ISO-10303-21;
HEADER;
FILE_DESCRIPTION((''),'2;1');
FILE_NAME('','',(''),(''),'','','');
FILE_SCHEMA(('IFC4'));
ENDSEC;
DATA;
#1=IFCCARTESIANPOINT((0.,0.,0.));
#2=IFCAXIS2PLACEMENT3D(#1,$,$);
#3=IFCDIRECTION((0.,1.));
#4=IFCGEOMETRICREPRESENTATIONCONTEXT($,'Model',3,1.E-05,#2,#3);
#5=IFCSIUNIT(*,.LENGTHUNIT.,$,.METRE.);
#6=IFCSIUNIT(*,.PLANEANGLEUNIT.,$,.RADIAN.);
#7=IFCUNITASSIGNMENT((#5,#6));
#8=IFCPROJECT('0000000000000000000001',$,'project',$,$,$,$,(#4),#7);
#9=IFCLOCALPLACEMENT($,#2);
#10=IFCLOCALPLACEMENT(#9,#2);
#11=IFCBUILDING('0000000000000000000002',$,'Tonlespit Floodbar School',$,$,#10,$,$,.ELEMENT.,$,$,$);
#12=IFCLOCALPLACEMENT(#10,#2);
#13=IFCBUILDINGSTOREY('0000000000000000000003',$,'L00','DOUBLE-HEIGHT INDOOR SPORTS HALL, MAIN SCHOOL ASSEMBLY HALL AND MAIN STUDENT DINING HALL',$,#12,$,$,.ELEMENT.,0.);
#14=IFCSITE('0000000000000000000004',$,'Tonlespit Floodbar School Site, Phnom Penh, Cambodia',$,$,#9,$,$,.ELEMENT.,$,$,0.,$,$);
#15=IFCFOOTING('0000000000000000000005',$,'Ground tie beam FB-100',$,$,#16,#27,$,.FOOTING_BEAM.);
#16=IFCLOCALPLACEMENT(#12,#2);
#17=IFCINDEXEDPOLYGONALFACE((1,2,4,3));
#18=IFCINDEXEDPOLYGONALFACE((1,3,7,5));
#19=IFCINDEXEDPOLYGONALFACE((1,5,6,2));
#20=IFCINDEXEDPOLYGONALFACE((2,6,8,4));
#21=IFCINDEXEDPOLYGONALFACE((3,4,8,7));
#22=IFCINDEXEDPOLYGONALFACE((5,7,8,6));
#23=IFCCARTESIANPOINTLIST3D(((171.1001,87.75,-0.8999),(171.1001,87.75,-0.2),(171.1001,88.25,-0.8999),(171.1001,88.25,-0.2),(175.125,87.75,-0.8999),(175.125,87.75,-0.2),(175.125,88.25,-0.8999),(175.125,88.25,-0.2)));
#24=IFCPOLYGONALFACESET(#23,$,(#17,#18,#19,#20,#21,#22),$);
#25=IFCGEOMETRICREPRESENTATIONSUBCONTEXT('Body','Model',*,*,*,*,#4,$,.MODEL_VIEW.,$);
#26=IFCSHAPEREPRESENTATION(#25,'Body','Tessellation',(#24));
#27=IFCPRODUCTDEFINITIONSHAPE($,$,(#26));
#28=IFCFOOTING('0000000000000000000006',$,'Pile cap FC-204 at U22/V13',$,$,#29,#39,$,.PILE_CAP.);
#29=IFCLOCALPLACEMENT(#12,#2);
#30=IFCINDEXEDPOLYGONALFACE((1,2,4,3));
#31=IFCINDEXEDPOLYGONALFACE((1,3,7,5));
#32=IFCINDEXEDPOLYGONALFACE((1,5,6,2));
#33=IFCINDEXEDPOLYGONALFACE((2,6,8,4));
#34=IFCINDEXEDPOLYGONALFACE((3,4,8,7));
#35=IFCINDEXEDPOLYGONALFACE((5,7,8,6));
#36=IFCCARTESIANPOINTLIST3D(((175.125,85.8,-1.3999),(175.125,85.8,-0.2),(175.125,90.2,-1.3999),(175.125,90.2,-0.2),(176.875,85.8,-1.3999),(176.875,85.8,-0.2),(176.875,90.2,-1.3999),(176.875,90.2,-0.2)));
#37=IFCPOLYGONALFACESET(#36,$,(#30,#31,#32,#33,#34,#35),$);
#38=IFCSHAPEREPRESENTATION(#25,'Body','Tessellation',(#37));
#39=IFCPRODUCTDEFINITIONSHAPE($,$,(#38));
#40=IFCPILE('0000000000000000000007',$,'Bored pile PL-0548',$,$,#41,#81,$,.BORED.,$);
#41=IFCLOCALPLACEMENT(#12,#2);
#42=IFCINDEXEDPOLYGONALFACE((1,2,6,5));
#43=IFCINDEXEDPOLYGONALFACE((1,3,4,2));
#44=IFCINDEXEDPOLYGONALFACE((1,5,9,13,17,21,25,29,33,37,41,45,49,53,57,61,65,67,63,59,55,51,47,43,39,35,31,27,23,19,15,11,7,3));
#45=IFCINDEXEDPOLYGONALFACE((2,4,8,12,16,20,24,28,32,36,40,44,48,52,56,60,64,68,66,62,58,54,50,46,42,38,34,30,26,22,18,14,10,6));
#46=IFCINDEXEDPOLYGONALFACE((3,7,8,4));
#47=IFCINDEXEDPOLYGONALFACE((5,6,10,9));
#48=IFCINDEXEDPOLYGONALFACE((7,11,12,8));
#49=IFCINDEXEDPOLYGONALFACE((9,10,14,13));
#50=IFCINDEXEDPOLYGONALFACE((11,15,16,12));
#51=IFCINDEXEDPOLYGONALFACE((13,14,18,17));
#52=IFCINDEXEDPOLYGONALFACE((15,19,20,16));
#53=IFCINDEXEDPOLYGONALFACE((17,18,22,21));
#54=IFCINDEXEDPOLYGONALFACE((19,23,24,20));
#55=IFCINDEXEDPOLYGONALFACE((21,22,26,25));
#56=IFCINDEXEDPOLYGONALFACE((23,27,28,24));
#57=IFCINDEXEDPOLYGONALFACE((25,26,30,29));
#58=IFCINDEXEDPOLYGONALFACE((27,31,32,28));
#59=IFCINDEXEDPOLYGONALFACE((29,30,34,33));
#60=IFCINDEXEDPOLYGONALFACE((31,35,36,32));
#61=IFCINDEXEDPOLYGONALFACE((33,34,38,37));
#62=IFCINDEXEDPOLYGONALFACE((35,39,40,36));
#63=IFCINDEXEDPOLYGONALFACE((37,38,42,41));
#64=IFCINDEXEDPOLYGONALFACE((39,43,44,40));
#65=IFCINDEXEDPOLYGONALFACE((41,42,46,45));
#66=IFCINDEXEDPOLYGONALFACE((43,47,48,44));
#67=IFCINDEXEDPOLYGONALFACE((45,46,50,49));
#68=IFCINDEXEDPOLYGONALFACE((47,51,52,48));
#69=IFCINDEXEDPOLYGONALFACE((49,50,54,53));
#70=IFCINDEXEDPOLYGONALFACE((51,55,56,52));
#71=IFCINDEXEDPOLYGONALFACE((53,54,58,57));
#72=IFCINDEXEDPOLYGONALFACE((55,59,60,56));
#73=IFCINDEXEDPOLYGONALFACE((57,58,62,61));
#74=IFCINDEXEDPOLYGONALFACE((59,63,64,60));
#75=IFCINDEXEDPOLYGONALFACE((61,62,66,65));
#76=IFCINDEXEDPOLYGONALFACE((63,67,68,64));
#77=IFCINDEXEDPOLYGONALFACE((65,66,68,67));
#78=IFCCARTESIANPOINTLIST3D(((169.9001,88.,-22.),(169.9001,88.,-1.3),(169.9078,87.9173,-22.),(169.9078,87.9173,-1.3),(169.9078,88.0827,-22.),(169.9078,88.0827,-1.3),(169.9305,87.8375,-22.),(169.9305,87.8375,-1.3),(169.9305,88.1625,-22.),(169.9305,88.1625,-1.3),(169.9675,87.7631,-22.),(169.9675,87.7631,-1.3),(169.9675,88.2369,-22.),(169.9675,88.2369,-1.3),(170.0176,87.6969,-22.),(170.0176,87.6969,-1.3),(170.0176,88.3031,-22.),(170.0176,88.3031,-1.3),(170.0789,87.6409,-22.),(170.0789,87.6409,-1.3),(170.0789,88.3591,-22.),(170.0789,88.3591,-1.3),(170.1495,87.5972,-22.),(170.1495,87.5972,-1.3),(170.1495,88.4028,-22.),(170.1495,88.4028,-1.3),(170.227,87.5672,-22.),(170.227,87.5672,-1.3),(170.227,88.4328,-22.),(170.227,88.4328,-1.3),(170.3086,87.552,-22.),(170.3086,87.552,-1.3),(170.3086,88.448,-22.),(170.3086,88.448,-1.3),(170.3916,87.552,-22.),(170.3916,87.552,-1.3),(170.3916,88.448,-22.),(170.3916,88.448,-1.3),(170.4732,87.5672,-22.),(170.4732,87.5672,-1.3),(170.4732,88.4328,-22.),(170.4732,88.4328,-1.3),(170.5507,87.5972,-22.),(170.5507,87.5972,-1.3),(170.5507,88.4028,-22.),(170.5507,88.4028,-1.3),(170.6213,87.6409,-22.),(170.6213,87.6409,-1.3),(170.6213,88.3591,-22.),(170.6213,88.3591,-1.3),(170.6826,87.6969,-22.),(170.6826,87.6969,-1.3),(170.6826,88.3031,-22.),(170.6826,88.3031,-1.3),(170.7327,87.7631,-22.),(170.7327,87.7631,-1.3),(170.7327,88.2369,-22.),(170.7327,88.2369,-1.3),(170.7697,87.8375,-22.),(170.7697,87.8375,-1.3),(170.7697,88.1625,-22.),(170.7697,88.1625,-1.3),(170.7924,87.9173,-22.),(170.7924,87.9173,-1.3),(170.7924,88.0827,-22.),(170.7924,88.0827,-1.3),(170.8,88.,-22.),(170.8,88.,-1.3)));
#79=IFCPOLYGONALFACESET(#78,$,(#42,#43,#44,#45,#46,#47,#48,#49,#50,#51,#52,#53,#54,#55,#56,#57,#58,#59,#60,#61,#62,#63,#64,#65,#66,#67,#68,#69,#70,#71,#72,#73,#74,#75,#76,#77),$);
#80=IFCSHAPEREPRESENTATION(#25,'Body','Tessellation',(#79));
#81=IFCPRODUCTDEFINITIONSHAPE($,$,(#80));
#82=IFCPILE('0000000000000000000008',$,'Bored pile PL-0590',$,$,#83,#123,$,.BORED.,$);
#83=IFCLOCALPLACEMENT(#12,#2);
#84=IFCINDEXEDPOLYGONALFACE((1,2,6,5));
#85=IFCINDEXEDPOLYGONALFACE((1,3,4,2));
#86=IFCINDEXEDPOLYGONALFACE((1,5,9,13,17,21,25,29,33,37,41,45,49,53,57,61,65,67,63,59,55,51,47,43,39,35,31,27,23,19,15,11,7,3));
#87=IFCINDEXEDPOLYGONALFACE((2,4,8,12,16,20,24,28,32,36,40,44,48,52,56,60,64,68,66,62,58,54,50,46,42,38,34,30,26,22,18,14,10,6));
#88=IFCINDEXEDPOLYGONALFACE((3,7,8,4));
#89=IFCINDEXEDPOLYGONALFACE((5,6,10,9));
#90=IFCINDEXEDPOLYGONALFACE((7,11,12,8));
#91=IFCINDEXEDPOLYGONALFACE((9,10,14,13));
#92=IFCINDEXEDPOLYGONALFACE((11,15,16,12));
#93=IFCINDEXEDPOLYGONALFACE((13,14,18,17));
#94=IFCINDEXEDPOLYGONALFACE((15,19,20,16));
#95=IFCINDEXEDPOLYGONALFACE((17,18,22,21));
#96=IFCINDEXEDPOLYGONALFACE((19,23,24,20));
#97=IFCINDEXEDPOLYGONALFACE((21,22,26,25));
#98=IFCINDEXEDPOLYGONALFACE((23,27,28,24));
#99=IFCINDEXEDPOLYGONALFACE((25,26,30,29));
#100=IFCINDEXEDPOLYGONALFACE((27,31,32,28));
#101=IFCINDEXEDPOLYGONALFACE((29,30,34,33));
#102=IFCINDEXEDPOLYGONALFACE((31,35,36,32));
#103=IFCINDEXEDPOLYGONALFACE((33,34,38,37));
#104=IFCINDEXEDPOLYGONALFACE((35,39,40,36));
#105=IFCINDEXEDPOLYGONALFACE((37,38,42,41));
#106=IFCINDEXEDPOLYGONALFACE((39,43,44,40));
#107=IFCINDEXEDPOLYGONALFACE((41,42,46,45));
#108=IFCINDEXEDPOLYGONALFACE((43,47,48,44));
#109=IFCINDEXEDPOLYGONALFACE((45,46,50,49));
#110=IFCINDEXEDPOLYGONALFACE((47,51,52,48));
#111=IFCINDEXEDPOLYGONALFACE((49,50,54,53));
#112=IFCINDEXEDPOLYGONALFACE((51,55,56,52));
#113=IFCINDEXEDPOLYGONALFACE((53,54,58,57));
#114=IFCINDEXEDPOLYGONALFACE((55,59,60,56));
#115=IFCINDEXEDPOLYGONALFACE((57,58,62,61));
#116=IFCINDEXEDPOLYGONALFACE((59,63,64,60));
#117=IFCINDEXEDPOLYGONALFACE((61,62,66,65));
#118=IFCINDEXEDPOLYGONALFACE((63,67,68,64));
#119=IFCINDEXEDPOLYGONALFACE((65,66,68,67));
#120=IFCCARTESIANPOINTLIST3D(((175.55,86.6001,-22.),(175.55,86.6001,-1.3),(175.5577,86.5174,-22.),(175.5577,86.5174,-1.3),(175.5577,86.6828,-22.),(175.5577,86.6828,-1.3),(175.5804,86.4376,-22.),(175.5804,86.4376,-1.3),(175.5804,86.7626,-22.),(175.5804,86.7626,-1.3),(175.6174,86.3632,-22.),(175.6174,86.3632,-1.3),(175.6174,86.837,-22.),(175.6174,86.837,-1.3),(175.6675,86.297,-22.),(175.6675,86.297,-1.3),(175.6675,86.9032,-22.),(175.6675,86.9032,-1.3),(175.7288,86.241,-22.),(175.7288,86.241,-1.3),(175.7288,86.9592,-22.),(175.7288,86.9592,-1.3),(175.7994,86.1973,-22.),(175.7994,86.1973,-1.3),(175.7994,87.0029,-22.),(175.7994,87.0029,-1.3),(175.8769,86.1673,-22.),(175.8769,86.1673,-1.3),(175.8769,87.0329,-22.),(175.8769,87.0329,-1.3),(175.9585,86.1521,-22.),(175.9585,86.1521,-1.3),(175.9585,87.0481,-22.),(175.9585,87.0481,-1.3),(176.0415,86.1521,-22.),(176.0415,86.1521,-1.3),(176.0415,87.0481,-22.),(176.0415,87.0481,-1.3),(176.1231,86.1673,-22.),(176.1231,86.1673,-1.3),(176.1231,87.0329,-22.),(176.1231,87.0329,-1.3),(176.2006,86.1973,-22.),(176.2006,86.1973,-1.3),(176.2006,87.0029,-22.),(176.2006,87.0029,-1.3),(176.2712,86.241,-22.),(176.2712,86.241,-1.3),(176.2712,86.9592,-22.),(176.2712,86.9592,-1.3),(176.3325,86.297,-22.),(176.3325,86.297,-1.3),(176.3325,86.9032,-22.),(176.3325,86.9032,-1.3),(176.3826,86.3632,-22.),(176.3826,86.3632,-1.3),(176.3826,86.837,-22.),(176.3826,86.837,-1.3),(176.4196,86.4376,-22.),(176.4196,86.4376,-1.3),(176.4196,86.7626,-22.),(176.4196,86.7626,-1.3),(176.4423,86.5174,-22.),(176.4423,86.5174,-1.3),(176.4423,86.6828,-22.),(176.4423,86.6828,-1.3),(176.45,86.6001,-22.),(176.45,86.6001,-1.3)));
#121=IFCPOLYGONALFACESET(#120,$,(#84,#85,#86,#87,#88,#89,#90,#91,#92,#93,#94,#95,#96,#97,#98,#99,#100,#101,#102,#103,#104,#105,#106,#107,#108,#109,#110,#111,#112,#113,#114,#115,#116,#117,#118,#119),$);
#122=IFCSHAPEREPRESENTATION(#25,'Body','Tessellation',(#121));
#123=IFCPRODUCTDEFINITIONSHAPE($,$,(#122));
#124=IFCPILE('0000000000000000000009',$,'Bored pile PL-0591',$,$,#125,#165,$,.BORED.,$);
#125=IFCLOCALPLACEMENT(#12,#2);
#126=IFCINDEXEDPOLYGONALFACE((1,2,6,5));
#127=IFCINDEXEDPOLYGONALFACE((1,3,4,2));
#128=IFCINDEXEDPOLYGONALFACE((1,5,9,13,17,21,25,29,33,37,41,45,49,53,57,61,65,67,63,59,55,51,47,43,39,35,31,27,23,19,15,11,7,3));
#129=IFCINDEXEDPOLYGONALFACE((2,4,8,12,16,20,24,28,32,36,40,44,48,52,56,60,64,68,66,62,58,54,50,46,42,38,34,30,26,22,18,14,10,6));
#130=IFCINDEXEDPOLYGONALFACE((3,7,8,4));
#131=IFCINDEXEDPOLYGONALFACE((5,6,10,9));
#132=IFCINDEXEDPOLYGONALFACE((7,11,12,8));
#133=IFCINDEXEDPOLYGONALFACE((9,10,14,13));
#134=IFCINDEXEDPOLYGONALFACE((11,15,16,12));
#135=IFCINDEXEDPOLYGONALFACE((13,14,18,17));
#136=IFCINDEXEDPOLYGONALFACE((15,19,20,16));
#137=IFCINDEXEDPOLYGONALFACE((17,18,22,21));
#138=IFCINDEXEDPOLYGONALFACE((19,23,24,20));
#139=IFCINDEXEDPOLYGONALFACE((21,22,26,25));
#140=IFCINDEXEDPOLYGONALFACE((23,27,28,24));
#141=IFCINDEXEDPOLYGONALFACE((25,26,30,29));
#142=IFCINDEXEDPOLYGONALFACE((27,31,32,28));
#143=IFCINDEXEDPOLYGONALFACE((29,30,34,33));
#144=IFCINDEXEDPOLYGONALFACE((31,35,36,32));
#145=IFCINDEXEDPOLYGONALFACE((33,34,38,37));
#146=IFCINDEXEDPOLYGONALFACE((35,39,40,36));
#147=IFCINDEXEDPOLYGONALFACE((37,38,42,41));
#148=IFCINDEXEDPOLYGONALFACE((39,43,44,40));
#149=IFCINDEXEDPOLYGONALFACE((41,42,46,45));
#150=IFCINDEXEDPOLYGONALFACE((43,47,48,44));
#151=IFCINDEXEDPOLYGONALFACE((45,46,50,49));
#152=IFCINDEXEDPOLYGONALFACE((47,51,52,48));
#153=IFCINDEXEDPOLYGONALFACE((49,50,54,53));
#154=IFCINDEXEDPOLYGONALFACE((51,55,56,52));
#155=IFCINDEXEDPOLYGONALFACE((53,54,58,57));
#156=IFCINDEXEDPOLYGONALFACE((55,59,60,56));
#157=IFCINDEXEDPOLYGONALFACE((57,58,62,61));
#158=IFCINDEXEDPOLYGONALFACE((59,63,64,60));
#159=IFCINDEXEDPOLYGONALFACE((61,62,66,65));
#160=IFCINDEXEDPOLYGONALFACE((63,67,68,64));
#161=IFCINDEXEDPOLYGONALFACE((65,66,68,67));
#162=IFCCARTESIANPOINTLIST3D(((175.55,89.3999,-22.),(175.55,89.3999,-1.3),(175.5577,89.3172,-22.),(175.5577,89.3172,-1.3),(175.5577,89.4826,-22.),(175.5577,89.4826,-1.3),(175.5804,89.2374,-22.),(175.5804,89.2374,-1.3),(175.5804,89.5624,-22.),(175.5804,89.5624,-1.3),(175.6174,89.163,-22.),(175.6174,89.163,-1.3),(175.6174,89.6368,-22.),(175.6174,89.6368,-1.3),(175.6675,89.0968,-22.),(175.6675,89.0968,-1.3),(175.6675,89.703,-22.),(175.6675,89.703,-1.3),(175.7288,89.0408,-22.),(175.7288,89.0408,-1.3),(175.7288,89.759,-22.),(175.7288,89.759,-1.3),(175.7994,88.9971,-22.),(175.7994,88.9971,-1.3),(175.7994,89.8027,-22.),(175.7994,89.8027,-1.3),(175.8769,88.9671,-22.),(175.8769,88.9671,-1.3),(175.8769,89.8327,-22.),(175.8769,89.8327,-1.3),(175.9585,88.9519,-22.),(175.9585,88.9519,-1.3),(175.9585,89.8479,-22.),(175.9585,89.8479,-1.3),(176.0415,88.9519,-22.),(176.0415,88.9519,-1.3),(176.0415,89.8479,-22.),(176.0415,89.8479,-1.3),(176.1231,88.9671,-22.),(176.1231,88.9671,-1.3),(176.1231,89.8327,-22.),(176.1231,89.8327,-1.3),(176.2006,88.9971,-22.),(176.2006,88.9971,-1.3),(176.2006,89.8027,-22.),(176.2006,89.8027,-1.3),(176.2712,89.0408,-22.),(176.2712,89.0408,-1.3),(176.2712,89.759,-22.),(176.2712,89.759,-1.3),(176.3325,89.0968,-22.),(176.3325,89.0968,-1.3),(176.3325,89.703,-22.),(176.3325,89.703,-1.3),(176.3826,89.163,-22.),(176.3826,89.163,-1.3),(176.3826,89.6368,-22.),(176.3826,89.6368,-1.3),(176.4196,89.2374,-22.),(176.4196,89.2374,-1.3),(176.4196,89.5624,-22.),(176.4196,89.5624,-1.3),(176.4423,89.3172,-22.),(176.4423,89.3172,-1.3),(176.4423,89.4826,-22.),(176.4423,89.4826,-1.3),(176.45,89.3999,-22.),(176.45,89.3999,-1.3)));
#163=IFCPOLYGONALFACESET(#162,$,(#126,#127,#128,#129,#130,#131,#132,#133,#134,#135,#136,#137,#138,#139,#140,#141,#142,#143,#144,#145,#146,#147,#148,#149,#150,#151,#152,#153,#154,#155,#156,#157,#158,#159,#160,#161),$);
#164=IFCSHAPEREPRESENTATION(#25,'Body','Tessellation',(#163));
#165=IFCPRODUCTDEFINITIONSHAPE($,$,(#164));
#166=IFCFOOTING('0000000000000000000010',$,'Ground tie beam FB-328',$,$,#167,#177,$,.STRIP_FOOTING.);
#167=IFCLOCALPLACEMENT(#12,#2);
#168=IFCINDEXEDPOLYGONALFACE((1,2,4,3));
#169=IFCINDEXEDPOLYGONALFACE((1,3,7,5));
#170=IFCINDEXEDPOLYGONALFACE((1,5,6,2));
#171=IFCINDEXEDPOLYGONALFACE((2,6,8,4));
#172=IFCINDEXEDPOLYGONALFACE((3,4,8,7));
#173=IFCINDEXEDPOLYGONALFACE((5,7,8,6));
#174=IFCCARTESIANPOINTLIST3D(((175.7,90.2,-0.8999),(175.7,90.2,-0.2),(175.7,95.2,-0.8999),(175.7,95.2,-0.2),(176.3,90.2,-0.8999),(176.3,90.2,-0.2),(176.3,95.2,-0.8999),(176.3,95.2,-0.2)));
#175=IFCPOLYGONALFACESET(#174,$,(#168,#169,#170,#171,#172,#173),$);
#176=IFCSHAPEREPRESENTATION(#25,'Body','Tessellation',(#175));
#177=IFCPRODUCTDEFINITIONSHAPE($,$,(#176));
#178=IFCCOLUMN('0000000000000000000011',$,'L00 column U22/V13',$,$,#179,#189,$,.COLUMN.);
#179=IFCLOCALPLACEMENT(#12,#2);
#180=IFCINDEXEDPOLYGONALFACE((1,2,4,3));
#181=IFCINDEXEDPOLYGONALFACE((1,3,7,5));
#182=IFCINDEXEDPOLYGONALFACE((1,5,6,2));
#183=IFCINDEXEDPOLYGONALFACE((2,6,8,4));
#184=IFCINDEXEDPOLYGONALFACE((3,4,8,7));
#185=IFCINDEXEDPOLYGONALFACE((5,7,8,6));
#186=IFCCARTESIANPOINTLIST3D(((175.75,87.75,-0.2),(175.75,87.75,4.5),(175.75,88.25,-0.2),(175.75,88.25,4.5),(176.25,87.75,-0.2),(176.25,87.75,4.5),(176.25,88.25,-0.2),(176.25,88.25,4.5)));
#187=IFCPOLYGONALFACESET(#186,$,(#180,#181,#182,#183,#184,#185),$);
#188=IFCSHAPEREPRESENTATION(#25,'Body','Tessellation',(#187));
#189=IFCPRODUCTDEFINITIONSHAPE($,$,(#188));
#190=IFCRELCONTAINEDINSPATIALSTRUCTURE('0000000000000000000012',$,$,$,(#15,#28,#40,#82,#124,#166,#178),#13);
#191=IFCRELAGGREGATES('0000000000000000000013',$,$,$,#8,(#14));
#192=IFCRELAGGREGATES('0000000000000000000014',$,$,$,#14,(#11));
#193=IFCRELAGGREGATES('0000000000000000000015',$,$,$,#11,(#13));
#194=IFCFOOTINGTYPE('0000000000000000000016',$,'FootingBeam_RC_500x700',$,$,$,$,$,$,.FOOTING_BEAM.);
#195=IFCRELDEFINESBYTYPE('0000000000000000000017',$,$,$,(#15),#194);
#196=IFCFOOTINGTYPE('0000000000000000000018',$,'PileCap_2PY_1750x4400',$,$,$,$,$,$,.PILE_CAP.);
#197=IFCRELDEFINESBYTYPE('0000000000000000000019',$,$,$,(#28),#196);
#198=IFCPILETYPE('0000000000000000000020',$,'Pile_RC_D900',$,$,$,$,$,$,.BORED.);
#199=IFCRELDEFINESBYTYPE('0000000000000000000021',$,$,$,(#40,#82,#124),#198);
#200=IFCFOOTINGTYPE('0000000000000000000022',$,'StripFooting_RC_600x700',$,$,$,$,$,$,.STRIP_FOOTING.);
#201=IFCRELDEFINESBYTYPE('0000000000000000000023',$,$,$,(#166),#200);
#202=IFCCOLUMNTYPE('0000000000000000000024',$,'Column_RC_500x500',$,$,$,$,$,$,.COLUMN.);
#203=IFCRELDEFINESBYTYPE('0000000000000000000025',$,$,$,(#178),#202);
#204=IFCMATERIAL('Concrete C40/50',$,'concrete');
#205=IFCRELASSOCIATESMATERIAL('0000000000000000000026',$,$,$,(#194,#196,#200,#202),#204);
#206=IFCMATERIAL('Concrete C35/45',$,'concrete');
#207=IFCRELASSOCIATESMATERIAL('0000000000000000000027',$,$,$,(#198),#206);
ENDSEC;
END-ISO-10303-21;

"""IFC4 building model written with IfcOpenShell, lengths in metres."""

from ifc_helpers import new_model, si_unit, direction, frame, origin, origin_2d, place, context, subcontext, project, spatial, rectangle, circle, extrude, material, material_profile, profile_set, type_object, element, save


model = new_model("IFC4")

# Units and contexts
model_context = context("Model", 3, precision=1e-05, world=origin(), true_north=direction((0.0, 1.0)))
body_context = subcontext(model_context, "Body", "Model", "MODEL_VIEW")
ifc_project = project(units=[si_unit("LENGTHUNIT", "METRE"), si_unit("PLANEANGLEUNIT", "RADIAN")], contexts=[model_context])

# Site, building, storey
site_placement = place(None, origin())
site = spatial("IfcSite", under=ifc_project, at=site_placement, Name="Tonlespit Floodbar School Site, Phnom Penh, Cambodia", CompositionType="ELEMENT", RefElevation=0.0)
building_placement = place(site_placement, origin())
building = spatial("IfcBuilding", under=site, at=building_placement, Name="Tonlespit Floodbar School", CompositionType="ELEMENT")
storey_placement = place(building_placement, origin())
storey = spatial("IfcBuildingStorey", under=building, at=storey_placement, Name="L00", Description="DOUBLE-HEIGHT INDOOR SPORTS HALL, MAIN SCHOOL ASSEMBLY HALL AND MAIN STUDENT DINING HALL", CompositionType="ELEMENT", Elevation=0.0)

# Footings
ifc_material_1 = material(Name="Concrete C40/50", Category="concrete")
footing_type_1 = type_object("IfcFootingType", Name="FootingBeam_RC_500x700", PredefinedType="FOOTING_BEAM", material=ifc_material_1)
footing_1_placement = place(storey_placement, frame((173.1125, 88.0, -0.8999), z_axis=(0.0, 0.0, 1.0), x_axis=(1.0, 0.0, 0.0)))
element("IfcFooting", 1, at=footing_1_placement, inside=storey, type_object=footing_type_1, Name="Ground tie beam FB-100", PredefinedType="FOOTING_BEAM", context=body_context, shape_type="SweptSolid", body=[
    extrude(rectangle(XDim=4.0249, YDim=0.5, at=origin_2d()), origin(), (0.0, 0.0, 1.0), 0.7),
])
footing_type_2 = type_object("IfcFootingType", Name="PileCap_2PY_1750x4400", PredefinedType="PILE_CAP", material=ifc_material_1)
footing_2_placement = place(storey_placement, frame((176.0, 88.0, -1.3999), z_axis=(0.0, 0.0, 1.0), x_axis=(1.0, 0.0, 0.0)))
element("IfcFooting", 2, at=footing_2_placement, inside=storey, type_object=footing_type_2, Name="Pile cap FC-204 at U22/V13", PredefinedType="PILE_CAP", context=body_context, shape_type="SweptSolid", body=[
    extrude(rectangle(XDim=1.75, YDim=4.3999, at=origin_2d()), origin(), (0.0, 0.0, 1.0), 1.2),
])

# Piles
ifc_material_2 = material(Name="Concrete C35/45", Category="concrete")
ifc_material_profile_1 = material_profile(ifc_material_2, circle(Radius=0.45, at=origin_2d()), Name="BP D900")
ifc_profile_set_1 = profile_set([ifc_material_profile_1], Name="Concrete C35/45")
pile_type = type_object("IfcPileType", Name="Pile_RC_D900", PredefinedType="BORED", material=ifc_profile_set_1)
for number, where, z_axis, x_axis, name in (
    (3, (170.3501, 88.0, -1.3), (0.0, 0.0, -1.0), (1.0, 0.0, 0.0), "Bored pile PL-0548"),
    (4, (176.0, 86.6001, -1.3), (0.0, 0.0, -1.0), (1.0, 0.0, 0.0), "Bored pile PL-0590"),
    (5, (176.0, 89.3999, -1.3), (0.0, 0.0, -1.0), (1.0, 0.0, 0.0), "Bored pile PL-0591"),
):
    element("IfcPile", number, at=place(storey_placement, frame(where, z_axis=z_axis, x_axis=x_axis)), inside=storey, type_object=pile_type, Name=name, PredefinedType="BORED", context=body_context, shape_type="SweptSolid", body=[
        extrude(circle(Radius=0.45, at=origin_2d()), origin(), (0.0, 0.0, 1.0), 20.7),
    ])

# Footing
footing_type_3 = type_object("IfcFootingType", Name="StripFooting_RC_600x700", PredefinedType="STRIP_FOOTING", material=ifc_material_1)
footing_3_placement = place(storey_placement, frame((176.0, 92.7, -0.8999), z_axis=(0.0, 0.0, 1.0), x_axis=(0.0, 1.0, 0.0)))
element("IfcFooting", 6, at=footing_3_placement, inside=storey, type_object=footing_type_3, Name="Ground tie beam FB-328", PredefinedType="STRIP_FOOTING", context=body_context, shape_type="SweptSolid", body=[
    extrude(rectangle(XDim=5.0, YDim=0.6001, at=origin_2d()), origin(), (0.0, 0.0, 1.0), 0.7),
])

# Column
ifc_material_profile_2 = material_profile(ifc_material_1, rectangle(XDim=0.5, YDim=0.5, at=origin_2d()), Name="RC 500x500")
ifc_profile_set_2 = profile_set([ifc_material_profile_2], Name="Concrete C40/50")
column_type = type_object("IfcColumnType", Name="Column_RC_500x500", PredefinedType="COLUMN", material=ifc_profile_set_2)
column_placement = place(storey_placement, frame((176.0, 88.0, -0.2), z_axis=(0.0, 0.0, 1.0), x_axis=(1.0, 0.0, 0.0)))
element("IfcColumn", 7, at=column_placement, inside=storey, type_object=column_type, Name="L00 column U22/V13", PredefinedType="COLUMN", context=body_context, shape_type="SweptSolid", body=[
    extrude(rectangle(XDim=0.5, YDim=0.5, at=origin_2d()), origin(), (0.0, 0.0, 1.0), 4.7),
])

save(model, "model.ifc")
